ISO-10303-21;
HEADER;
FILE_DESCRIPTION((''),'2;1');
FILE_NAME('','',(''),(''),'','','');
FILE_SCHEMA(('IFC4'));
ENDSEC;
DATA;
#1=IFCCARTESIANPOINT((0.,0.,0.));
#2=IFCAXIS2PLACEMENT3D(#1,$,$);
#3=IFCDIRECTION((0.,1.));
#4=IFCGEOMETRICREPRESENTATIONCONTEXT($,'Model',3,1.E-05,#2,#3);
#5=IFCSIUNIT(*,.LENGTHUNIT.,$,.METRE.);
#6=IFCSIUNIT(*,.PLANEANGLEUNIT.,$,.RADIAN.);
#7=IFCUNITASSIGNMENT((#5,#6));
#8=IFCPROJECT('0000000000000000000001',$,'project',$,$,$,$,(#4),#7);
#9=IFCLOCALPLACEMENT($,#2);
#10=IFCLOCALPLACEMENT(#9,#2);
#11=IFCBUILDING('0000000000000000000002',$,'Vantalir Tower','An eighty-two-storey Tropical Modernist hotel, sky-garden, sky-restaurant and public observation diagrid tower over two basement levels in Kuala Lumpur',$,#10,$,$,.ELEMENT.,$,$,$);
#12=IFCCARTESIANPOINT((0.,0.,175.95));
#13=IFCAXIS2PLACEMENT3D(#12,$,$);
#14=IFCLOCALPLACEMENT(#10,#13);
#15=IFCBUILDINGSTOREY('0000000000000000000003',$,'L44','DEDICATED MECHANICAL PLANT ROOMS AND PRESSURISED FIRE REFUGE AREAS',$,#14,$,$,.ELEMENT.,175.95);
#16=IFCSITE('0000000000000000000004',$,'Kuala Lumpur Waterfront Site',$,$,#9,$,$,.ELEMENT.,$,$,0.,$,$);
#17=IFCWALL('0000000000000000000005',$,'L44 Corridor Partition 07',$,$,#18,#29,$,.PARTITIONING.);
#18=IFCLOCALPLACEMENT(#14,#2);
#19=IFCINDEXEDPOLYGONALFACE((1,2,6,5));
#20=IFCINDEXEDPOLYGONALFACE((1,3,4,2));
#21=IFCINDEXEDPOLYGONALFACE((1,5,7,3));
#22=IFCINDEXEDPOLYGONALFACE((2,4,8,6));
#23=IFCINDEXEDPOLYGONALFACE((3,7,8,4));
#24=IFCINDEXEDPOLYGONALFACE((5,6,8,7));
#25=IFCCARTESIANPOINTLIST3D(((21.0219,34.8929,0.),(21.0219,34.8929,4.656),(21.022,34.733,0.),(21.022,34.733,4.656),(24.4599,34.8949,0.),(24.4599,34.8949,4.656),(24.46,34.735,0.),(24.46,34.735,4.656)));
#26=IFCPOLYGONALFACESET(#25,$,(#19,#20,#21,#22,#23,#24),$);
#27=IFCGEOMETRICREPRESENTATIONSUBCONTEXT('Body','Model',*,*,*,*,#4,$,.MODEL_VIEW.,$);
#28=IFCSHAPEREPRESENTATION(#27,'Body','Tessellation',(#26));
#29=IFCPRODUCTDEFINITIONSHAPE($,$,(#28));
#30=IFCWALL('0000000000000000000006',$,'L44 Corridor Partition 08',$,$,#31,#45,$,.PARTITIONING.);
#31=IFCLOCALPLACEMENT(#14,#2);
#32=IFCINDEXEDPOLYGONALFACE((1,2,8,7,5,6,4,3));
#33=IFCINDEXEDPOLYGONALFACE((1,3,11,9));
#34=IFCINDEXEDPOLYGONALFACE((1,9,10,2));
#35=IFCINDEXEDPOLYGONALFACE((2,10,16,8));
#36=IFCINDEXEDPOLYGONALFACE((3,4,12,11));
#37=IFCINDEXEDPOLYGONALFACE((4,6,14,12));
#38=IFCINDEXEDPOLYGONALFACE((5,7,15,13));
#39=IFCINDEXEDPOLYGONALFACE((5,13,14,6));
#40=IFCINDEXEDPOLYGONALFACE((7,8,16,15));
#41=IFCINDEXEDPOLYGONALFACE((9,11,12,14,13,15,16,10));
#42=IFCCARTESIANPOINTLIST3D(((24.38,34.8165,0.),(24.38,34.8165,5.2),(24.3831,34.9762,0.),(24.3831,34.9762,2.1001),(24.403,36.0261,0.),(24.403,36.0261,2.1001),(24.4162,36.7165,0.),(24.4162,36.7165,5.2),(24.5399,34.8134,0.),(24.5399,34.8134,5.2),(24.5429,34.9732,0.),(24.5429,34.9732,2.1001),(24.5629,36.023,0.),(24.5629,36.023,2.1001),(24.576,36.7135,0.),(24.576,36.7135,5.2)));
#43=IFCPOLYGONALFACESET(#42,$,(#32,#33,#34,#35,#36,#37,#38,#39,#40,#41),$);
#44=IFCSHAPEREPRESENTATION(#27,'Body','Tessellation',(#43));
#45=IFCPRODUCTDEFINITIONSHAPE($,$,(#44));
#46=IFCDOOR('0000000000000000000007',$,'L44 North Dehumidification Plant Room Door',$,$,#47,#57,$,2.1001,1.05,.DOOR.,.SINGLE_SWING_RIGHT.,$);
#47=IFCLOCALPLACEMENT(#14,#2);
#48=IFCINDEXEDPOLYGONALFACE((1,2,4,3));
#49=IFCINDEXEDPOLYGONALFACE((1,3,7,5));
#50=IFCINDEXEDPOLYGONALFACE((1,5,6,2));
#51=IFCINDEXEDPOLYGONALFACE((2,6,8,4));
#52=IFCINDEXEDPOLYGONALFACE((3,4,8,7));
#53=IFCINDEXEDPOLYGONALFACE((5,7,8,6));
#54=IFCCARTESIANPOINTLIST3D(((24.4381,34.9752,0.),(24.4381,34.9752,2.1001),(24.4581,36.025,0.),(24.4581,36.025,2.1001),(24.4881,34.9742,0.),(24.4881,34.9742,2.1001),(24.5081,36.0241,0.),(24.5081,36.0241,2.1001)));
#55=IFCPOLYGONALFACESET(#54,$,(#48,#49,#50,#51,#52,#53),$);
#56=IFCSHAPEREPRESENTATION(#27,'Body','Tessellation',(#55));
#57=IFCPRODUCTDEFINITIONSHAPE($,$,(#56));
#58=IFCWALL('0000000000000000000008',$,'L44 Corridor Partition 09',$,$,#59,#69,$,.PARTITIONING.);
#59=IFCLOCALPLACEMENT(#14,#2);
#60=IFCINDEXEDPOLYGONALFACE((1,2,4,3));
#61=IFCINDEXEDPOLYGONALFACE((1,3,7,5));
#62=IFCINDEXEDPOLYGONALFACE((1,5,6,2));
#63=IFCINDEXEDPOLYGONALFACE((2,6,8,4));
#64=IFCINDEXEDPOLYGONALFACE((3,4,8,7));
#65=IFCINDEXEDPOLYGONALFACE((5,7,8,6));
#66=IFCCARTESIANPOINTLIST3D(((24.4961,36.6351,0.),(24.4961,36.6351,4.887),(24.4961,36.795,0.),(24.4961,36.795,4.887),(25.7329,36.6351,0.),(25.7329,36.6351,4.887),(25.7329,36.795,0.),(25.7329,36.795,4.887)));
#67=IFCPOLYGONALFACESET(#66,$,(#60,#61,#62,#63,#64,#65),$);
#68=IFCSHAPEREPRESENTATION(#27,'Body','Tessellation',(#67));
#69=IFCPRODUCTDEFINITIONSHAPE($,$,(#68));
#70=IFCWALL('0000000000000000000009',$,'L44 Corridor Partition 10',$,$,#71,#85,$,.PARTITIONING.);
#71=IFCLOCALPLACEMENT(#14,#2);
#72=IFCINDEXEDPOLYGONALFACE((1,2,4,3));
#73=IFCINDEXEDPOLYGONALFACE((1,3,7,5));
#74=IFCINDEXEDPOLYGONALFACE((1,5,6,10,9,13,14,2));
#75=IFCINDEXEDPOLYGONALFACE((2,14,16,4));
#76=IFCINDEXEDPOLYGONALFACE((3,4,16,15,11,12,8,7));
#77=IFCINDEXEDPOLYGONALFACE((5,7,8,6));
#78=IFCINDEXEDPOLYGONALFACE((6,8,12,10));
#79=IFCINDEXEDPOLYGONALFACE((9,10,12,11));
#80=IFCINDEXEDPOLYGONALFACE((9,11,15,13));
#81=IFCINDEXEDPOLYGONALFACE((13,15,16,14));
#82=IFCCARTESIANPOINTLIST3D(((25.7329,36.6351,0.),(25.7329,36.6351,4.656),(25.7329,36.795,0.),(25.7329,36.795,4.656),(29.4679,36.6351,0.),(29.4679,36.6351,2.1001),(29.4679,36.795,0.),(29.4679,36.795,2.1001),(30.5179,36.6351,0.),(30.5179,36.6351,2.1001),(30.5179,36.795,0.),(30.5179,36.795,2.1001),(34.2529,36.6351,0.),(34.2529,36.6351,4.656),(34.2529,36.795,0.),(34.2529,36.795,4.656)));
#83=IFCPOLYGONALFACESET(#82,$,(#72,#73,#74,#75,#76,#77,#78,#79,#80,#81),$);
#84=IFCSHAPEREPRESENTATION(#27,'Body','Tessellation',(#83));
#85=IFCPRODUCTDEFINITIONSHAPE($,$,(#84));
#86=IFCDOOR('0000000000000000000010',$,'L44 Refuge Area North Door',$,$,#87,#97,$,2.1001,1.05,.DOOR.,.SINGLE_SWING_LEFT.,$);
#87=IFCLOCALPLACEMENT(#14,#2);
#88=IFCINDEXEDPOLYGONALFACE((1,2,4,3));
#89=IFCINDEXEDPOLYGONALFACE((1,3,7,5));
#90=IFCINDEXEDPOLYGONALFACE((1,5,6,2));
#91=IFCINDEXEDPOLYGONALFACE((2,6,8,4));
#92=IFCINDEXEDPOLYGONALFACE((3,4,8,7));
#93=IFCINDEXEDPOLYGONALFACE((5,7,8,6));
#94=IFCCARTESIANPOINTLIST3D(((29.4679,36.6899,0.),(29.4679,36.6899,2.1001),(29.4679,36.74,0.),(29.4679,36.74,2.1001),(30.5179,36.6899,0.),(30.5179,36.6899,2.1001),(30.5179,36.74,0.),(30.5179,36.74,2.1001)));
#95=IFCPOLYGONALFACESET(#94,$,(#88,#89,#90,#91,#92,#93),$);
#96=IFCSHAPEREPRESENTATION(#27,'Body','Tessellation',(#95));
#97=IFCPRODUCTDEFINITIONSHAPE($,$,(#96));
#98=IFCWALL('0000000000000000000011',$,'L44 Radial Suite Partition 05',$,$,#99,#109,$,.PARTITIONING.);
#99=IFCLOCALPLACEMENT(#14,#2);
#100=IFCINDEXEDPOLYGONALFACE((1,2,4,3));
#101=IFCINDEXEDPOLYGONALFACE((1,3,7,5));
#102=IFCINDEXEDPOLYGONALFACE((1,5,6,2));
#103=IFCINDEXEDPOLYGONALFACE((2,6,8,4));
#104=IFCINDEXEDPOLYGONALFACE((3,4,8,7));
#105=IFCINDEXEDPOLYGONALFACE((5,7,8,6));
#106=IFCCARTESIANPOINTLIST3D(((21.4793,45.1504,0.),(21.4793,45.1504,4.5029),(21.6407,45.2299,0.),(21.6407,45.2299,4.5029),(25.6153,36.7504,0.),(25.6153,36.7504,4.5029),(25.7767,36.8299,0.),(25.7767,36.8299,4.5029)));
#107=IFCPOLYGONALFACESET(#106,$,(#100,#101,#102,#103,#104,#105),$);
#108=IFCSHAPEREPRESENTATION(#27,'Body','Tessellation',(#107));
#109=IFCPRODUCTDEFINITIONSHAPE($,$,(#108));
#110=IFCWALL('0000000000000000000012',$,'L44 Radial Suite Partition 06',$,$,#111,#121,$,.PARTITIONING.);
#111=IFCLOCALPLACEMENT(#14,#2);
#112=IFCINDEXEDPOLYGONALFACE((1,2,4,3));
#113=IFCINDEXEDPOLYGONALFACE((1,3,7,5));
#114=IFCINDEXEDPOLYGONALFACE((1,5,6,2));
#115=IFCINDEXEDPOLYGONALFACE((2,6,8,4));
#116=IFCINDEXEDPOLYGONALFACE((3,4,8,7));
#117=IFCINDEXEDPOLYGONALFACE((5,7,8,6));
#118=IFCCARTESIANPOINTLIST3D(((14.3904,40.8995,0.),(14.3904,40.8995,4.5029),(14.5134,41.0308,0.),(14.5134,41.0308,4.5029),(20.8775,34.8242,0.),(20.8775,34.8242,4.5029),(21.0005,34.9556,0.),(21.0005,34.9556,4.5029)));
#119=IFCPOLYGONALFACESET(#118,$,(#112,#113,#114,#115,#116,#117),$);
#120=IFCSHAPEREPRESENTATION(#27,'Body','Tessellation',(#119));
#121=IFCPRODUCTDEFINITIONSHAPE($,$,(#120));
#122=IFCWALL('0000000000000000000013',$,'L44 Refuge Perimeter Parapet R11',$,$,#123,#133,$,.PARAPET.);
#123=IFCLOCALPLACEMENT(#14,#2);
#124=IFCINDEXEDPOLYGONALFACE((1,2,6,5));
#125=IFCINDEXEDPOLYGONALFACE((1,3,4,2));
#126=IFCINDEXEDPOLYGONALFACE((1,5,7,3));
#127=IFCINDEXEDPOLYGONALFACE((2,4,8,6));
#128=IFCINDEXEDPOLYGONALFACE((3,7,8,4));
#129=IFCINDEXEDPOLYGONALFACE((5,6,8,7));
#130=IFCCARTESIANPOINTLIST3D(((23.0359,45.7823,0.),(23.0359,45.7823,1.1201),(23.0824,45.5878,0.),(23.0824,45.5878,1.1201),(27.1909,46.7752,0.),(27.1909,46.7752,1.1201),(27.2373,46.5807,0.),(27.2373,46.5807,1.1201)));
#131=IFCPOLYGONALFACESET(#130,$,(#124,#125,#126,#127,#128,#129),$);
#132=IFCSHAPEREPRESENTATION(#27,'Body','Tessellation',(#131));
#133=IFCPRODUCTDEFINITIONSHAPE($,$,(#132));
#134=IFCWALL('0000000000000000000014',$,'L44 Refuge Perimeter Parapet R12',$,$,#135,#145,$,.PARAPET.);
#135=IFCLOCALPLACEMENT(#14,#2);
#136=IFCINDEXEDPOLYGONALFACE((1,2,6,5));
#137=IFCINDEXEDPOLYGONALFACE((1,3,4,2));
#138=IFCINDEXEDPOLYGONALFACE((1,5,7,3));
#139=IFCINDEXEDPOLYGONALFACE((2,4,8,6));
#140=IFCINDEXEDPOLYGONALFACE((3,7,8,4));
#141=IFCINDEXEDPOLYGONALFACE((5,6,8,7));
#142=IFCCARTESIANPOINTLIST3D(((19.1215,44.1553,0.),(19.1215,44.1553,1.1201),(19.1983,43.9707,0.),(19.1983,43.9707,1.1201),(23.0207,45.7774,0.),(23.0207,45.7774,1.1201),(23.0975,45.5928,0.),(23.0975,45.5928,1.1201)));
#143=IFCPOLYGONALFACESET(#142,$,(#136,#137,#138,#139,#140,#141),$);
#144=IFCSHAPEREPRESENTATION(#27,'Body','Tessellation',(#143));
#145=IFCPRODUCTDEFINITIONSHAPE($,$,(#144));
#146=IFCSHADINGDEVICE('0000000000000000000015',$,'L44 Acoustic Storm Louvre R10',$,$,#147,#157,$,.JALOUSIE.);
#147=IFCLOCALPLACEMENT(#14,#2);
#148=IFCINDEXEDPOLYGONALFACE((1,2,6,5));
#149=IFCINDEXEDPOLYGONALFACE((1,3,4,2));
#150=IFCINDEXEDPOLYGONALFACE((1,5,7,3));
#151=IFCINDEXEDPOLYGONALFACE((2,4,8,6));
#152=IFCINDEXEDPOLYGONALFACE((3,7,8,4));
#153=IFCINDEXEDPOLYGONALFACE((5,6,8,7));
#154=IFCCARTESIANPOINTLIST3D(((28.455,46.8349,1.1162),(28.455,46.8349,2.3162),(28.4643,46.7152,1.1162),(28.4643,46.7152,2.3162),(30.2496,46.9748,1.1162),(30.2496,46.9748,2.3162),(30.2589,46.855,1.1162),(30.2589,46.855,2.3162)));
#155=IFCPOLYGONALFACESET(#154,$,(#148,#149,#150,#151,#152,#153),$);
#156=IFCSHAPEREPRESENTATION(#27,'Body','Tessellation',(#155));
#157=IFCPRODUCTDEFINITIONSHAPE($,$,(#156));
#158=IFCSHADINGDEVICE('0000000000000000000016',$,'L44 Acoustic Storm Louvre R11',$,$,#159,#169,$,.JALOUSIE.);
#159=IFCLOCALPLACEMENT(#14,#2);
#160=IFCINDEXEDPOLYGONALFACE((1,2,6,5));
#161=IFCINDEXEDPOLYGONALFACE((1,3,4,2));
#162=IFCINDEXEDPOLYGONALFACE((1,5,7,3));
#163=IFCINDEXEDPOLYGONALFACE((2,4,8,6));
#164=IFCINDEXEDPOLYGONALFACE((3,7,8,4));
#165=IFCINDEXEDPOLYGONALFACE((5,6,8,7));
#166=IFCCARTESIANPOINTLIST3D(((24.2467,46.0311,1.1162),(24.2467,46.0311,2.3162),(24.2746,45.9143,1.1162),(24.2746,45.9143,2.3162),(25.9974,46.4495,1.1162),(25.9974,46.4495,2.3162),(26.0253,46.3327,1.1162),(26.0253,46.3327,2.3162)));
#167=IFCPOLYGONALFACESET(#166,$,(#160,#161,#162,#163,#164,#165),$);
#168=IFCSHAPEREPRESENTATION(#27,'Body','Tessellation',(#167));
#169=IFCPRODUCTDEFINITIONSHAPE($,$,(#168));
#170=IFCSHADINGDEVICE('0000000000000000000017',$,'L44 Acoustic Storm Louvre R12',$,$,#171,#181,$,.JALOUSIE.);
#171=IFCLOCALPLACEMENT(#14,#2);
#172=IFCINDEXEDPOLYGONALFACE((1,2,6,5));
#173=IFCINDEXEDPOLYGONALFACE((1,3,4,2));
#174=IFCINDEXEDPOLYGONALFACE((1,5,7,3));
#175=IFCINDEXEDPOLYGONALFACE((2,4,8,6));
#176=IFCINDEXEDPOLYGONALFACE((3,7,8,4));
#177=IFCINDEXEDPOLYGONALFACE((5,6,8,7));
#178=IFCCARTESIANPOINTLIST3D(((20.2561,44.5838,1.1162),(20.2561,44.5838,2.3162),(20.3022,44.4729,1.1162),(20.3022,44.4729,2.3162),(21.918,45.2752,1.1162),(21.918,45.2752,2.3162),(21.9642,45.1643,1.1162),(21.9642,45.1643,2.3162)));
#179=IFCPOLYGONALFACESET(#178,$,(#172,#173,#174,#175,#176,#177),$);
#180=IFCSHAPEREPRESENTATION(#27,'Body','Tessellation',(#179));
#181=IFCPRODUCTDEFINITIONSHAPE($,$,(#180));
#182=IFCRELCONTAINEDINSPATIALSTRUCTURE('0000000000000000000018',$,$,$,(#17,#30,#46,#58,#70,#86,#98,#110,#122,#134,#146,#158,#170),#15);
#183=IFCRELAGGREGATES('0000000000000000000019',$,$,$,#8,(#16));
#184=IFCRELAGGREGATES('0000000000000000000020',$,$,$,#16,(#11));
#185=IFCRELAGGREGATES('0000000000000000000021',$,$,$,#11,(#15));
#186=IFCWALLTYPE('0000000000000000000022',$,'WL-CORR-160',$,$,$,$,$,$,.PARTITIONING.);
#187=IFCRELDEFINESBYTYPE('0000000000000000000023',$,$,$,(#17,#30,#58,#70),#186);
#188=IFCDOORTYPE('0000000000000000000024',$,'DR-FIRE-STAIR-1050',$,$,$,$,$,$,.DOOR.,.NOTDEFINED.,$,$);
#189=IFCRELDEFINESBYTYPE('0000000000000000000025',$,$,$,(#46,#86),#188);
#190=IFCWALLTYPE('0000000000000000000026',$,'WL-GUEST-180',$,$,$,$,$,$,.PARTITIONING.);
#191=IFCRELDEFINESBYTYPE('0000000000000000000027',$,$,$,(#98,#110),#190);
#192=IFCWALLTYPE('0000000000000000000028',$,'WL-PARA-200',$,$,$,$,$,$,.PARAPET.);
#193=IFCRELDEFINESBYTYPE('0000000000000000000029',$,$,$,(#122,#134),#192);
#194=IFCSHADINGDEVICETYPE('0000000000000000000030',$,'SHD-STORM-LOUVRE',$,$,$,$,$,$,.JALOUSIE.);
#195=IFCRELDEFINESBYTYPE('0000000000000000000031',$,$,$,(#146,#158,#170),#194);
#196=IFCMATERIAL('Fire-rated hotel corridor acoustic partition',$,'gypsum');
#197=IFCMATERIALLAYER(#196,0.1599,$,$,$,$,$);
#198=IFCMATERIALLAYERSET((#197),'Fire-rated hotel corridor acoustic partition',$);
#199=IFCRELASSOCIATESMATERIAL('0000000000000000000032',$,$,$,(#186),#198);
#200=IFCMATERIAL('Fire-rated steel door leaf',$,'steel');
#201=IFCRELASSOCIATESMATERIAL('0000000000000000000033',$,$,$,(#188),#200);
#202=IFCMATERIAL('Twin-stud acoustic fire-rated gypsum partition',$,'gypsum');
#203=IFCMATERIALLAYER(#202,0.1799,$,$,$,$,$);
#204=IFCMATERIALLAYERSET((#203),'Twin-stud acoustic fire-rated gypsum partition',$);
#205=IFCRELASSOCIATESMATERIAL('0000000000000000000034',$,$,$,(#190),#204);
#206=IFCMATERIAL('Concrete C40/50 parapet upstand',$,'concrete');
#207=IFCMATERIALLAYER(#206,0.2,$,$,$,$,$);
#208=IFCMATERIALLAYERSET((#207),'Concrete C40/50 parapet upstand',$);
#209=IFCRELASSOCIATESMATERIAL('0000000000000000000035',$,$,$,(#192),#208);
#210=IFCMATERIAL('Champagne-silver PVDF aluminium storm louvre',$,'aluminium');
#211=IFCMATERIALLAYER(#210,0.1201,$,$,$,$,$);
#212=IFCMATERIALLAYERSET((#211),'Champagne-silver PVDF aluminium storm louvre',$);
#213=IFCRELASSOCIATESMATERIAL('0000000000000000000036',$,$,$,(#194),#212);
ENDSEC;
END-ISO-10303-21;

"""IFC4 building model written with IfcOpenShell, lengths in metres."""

from ifc_helpers import new_model, si_unit, direction, frame, frame_2d, origin, origin_2d, place, context, subcontext, project, spatial, rectangle, extrude, material, layer, layer_set, type_object, element, fill, save


model = new_model("IFC4")

# Units and contexts
model_context = context("Model", 3, precision=1e-05, world=origin(), true_north=direction((0.0, 1.0)))
body_context = subcontext(model_context, "Body", "Model", "MODEL_VIEW")
ifc_project = project(units=[si_unit("LENGTHUNIT", "METRE"), si_unit("PLANEANGLEUNIT", "RADIAN")], contexts=[model_context])

# Site, building, storey
site_placement = place(None, origin())
site = spatial("IfcSite", under=ifc_project, at=site_placement, Name="Kuala Lumpur Waterfront Site", CompositionType="ELEMENT", RefElevation=0.0)
building_placement = place(site_placement, origin())
building = spatial("IfcBuilding", under=site, at=building_placement, Name="Vantalir Tower", Description="An eighty-two-storey Tropical Modernist hotel, sky-garden, sky-restaurant and public observation diagrid tower over two basement levels in Kuala Lumpur", CompositionType="ELEMENT")
storey_placement = place(building_placement, frame((0.0, 0.0, 175.95)))
storey = spatial("IfcBuildingStorey", under=building, at=storey_placement, Name="L44", Description="DEDICATED MECHANICAL PLANT ROOMS AND PRESSURISED FIRE REFUGE AREAS", CompositionType="ELEMENT", Elevation=175.95)

# Wall
ifc_material_1 = material(Name="Fire-rated hotel corridor acoustic partition", Category="gypsum")
ifc_layer_1 = layer(ifc_material_1, 0.1599)
ifc_layer_set_1 = layer_set([ifc_layer_1], Name="Fire-rated hotel corridor acoustic partition")
wall_type_1 = type_object("IfcWallType", Name="WL-CORR-160", PredefinedType="PARTITIONING", material=ifc_layer_set_1)
wall_1_placement = place(storey_placement, frame((21.022, 34.813, 0.0), z_axis=(0.0, 0.0, 1.0), x_axis=(1.0, 0.000568, 0.0)))
element("IfcWall", 1, at=wall_1_placement, inside=storey, type_object=wall_type_1, Name="L44 Corridor Partition 07", PredefinedType="PARTITIONING", context=body_context, shape_type="SweptSolid", body=[
    extrude(rectangle(XDim=3.438, YDim=0.1599, at=frame_2d((1.719, 0.0))), origin(), (0.0, 0.0, 1.0), 4.656),
])

# Wall, opening, door
wall_2_placement = place(storey_placement, frame((24.46, 34.8149, 0.0), z_axis=(0.0, 0.0, 1.0), x_axis=(0.019012, 0.999819, 0.0)))
wall_2 = element("IfcWall", 2, at=wall_2_placement, inside=storey, type_object=wall_type_1, Name="L44 Corridor Partition 08", PredefinedType="PARTITIONING", context=body_context, shape_type="SweptSolid", body=[
    extrude(rectangle(XDim=1.9004, YDim=0.1599, at=frame_2d((0.9502, 0.0))), origin(), (0.0, 0.0, 1.0), 5.2),
])
opening_1_placement = place(wall_2_placement, frame((0.1599, 0.0, 0.0)))
opening_1 = element("IfcOpeningElement", 3, at=opening_1_placement, cuts=wall_2, PredefinedType="OPENING", context=body_context, shape_type="SweptSolid", body=[
    extrude(rectangle(XDim=1.05, YDim=2.1001, at=frame_2d((0.5249, 1.05))), frame((0.0, 0.0898, 0.0), z_axis=(0.0, -1.0, 0.0), x_axis=(1.0, 0.0, 0.0)), (0.0, 0.0, 1.0), 0.1799),
])
ifc_material_2 = material(Name="Fire-rated steel door leaf", Category="steel")
door_type = type_object("IfcDoorType", Name="DR-FIRE-STAIR-1050", OperationType="NOTDEFINED", PredefinedType="DOOR", material=ifc_material_2)
door_1_placement = place(opening_1_placement, origin())
door_1 = element("IfcDoor", 4, at=door_1_placement, inside=storey, type_object=door_type, Name="L44 North Dehumidification Plant Room Door", OperationType="SINGLE_SWING_RIGHT", OverallHeight=2.1001, OverallWidth=1.05, PredefinedType="DOOR", context=body_context, shape_type="SweptSolid", body=[
    extrude(rectangle(XDim=1.05, YDim=2.1001, at=frame_2d((0.5249, 1.05))), frame((0.0, 0.0249, 0.0), z_axis=(0.0, -1.0, 0.0), x_axis=(1.0, 0.0, 0.0)), (0.0, 0.0, 1.0), 0.05),
])
fill(opening_1, door_1)

# Wall
wall_3_placement = place(storey_placement, frame((24.4961, 36.7151, 0.0), z_axis=(0.0, 0.0, 1.0), x_axis=(1.0, 0.0, 0.0)))
element("IfcWall", 5, at=wall_3_placement, inside=storey, type_object=wall_type_1, Name="L44 Corridor Partition 09", PredefinedType="PARTITIONING", context=body_context, shape_type="SweptSolid", body=[
    extrude(rectangle(XDim=1.2368, YDim=0.1599, at=frame_2d((0.6184, 0.0))), origin(), (0.0, 0.0, 1.0), 4.887),
])

# Wall, opening, door
wall_4_placement = place(storey_placement, frame((25.7329, 36.7151, 0.0), z_axis=(0.0, 0.0, 1.0), x_axis=(1.0, 0.0, 0.0)))
wall_4 = element("IfcWall", 6, at=wall_4_placement, inside=storey, type_object=wall_type_1, Name="L44 Corridor Partition 10", PredefinedType="PARTITIONING", context=body_context, shape_type="SweptSolid", body=[
    extrude(rectangle(XDim=8.52, YDim=0.1599, at=frame_2d((4.26, 0.0))), origin(), (0.0, 0.0, 1.0), 4.656),
])
opening_2_placement = place(wall_4_placement, frame((3.7351, 0.0, 0.0)))
opening_2 = element("IfcOpeningElement", 7, at=opening_2_placement, cuts=wall_4, PredefinedType="OPENING", context=body_context, shape_type="SweptSolid", body=[
    extrude(rectangle(XDim=1.05, YDim=2.1001, at=frame_2d((0.5249, 1.05))), frame((0.0, 0.0898, 0.0), z_axis=(0.0, -1.0, 0.0), x_axis=(1.0, 0.0, 0.0)), (0.0, 0.0, 1.0), 0.1799),
])
door_2_placement = place(opening_2_placement, origin())
door_2 = element("IfcDoor", 8, at=door_2_placement, inside=storey, type_object=door_type, Name="L44 Refuge Area North Door", OperationType="SINGLE_SWING_LEFT", OverallHeight=2.1001, OverallWidth=1.05, PredefinedType="DOOR", context=body_context, shape_type="SweptSolid", body=[
    extrude(rectangle(XDim=1.05, YDim=2.1001, at=frame_2d((0.5249, 1.05))), frame((0.0, 0.0249, 0.0), z_axis=(0.0, -1.0, 0.0), x_axis=(1.0, 0.0, 0.0)), (0.0, 0.0, 1.0), 0.05),
])
fill(opening_2, door_2)

# Walls
ifc_material_3 = material(Name="Twin-stud acoustic fire-rated gypsum partition", Category="gypsum")
ifc_layer_2 = layer(ifc_material_3, 0.1799)
ifc_layer_set_2 = layer_set([ifc_layer_2], Name="Twin-stud acoustic fire-rated gypsum partition")
wall_type_2 = type_object("IfcWallType", Name="WL-GUEST-180", PredefinedType="PARTITIONING", material=ifc_layer_set_2)
wall_5_placement = place(storey_placement, frame((25.696, 36.79, 0.0), z_axis=(0.0, 0.0, 1.0), x_axis=(-0.44174, 0.897143, 0.0)))
element("IfcWall", 9, at=wall_5_placement, inside=storey, type_object=wall_type_2, Name="L44 Radial Suite Partition 05", PredefinedType="PARTITIONING", context=body_context, shape_type="SweptSolid", body=[
    extrude(rectangle(XDim=9.363, YDim=0.1799, at=frame_2d((4.6816, 0.0))), origin(), (0.0, 0.0, 1.0), 4.5029),
])
wall_6_placement = place(storey_placement, frame((20.939, 34.8899, 0.0), z_axis=(0.0, 0.0, 1.0), x_axis=(-0.729898, 0.683556, 0.0)))
element("IfcWall", 10, at=wall_6_placement, inside=storey, type_object=wall_type_2, Name="L44 Radial Suite Partition 06", PredefinedType="PARTITIONING", context=body_context, shape_type="SweptSolid", body=[
    extrude(rectangle(XDim=8.8877, YDim=0.1799, at=frame_2d((4.4438, 0.0))), origin(), (0.0, 0.0, 1.0), 4.5029),
])
ifc_material_4 = material(Name="Concrete C40/50 parapet upstand", Category="concrete")
ifc_layer_3 = layer(ifc_material_4, 0.2)
ifc_layer_set_3 = layer_set([ifc_layer_3], Name="Concrete C40/50 parapet upstand")
wall_type_3 = type_object("IfcWallType", Name="WL-PARA-200", PredefinedType="PARAPET", material=ifc_layer_set_3)
wall_7_placement = place(storey_placement, frame((27.2141, 46.678, 0.0), z_axis=(0.0, 0.0, 1.0), x_axis=(-0.972615, -0.232424, 0.0)))
element("IfcWall", 11, at=wall_7_placement, inside=storey, type_object=wall_type_3, Name="L44 Refuge Perimeter Parapet R11", PredefinedType="PARAPET", context=body_context, shape_type="SweptSolid", body=[
    extrude(rectangle(XDim=4.272, YDim=0.2, at=frame_2d((2.136, 0.0))), origin(), (0.0, 0.0, 1.0), 1.1201),
])
wall_8_placement = place(storey_placement, frame((23.0591, 45.6851, 0.0), z_axis=(0.0, 0.0, 1.0), x_axis=(-0.923294, -0.384094, 0.0)))
element("IfcWall", 12, at=wall_8_placement, inside=storey, type_object=wall_type_3, Name="L44 Refuge Perimeter Parapet R12", PredefinedType="PARAPET", context=body_context, shape_type="SweptSolid", body=[
    extrude(rectangle(XDim=4.2231, YDim=0.2, at=frame_2d((2.1116, 0.0))), origin(), (0.0, 0.0, 1.0), 1.1201),
])

# Shading devices
ifc_material_5 = material(Name="Champagne-silver PVDF aluminium storm louvre", Category="aluminium")
ifc_layer_4 = layer(ifc_material_5, 0.1201)
ifc_layer_set_4 = layer_set([ifc_layer_4], Name="Champagne-silver PVDF aluminium storm louvre")
shading_device_type = type_object("IfcShadingDeviceType", Name="SHD-STORM-LOUVRE", PredefinedType="JALOUSIE", material=ifc_layer_set_4)
for number, where, z_axis, x_axis, name in (
    (13, (29.3569, 46.845, 1.1162), (0.0, 0.0, 1.0), (-0.996977, -0.077693, 0.0), "L44 Acoustic Storm Louvre R10"),
    (14, (25.136, 46.1819, 1.1162), (0.0, 0.0, 1.0), (-0.97261, -0.232444, 0.0), "L44 Acoustic Storm Louvre R11"),
    (15, (21.1101, 44.874, 1.1162), (0.0, 0.0, 1.0), (-0.923291, -0.384102, 0.0), "L44 Acoustic Storm Louvre R12"),
):
    element("IfcShadingDevice", number, at=place(storey_placement, frame(where, z_axis=z_axis, x_axis=x_axis)), inside=storey, type_object=shading_device_type, Name=name, PredefinedType="JALOUSIE", context=body_context, shape_type="SweptSolid", body=[
        extrude(rectangle(XDim=1.8, YDim=0.1201, at=origin_2d()), origin(), (0.0, 0.0, 1.0), 1.2),
    ])

save(model, "model.ifc")
